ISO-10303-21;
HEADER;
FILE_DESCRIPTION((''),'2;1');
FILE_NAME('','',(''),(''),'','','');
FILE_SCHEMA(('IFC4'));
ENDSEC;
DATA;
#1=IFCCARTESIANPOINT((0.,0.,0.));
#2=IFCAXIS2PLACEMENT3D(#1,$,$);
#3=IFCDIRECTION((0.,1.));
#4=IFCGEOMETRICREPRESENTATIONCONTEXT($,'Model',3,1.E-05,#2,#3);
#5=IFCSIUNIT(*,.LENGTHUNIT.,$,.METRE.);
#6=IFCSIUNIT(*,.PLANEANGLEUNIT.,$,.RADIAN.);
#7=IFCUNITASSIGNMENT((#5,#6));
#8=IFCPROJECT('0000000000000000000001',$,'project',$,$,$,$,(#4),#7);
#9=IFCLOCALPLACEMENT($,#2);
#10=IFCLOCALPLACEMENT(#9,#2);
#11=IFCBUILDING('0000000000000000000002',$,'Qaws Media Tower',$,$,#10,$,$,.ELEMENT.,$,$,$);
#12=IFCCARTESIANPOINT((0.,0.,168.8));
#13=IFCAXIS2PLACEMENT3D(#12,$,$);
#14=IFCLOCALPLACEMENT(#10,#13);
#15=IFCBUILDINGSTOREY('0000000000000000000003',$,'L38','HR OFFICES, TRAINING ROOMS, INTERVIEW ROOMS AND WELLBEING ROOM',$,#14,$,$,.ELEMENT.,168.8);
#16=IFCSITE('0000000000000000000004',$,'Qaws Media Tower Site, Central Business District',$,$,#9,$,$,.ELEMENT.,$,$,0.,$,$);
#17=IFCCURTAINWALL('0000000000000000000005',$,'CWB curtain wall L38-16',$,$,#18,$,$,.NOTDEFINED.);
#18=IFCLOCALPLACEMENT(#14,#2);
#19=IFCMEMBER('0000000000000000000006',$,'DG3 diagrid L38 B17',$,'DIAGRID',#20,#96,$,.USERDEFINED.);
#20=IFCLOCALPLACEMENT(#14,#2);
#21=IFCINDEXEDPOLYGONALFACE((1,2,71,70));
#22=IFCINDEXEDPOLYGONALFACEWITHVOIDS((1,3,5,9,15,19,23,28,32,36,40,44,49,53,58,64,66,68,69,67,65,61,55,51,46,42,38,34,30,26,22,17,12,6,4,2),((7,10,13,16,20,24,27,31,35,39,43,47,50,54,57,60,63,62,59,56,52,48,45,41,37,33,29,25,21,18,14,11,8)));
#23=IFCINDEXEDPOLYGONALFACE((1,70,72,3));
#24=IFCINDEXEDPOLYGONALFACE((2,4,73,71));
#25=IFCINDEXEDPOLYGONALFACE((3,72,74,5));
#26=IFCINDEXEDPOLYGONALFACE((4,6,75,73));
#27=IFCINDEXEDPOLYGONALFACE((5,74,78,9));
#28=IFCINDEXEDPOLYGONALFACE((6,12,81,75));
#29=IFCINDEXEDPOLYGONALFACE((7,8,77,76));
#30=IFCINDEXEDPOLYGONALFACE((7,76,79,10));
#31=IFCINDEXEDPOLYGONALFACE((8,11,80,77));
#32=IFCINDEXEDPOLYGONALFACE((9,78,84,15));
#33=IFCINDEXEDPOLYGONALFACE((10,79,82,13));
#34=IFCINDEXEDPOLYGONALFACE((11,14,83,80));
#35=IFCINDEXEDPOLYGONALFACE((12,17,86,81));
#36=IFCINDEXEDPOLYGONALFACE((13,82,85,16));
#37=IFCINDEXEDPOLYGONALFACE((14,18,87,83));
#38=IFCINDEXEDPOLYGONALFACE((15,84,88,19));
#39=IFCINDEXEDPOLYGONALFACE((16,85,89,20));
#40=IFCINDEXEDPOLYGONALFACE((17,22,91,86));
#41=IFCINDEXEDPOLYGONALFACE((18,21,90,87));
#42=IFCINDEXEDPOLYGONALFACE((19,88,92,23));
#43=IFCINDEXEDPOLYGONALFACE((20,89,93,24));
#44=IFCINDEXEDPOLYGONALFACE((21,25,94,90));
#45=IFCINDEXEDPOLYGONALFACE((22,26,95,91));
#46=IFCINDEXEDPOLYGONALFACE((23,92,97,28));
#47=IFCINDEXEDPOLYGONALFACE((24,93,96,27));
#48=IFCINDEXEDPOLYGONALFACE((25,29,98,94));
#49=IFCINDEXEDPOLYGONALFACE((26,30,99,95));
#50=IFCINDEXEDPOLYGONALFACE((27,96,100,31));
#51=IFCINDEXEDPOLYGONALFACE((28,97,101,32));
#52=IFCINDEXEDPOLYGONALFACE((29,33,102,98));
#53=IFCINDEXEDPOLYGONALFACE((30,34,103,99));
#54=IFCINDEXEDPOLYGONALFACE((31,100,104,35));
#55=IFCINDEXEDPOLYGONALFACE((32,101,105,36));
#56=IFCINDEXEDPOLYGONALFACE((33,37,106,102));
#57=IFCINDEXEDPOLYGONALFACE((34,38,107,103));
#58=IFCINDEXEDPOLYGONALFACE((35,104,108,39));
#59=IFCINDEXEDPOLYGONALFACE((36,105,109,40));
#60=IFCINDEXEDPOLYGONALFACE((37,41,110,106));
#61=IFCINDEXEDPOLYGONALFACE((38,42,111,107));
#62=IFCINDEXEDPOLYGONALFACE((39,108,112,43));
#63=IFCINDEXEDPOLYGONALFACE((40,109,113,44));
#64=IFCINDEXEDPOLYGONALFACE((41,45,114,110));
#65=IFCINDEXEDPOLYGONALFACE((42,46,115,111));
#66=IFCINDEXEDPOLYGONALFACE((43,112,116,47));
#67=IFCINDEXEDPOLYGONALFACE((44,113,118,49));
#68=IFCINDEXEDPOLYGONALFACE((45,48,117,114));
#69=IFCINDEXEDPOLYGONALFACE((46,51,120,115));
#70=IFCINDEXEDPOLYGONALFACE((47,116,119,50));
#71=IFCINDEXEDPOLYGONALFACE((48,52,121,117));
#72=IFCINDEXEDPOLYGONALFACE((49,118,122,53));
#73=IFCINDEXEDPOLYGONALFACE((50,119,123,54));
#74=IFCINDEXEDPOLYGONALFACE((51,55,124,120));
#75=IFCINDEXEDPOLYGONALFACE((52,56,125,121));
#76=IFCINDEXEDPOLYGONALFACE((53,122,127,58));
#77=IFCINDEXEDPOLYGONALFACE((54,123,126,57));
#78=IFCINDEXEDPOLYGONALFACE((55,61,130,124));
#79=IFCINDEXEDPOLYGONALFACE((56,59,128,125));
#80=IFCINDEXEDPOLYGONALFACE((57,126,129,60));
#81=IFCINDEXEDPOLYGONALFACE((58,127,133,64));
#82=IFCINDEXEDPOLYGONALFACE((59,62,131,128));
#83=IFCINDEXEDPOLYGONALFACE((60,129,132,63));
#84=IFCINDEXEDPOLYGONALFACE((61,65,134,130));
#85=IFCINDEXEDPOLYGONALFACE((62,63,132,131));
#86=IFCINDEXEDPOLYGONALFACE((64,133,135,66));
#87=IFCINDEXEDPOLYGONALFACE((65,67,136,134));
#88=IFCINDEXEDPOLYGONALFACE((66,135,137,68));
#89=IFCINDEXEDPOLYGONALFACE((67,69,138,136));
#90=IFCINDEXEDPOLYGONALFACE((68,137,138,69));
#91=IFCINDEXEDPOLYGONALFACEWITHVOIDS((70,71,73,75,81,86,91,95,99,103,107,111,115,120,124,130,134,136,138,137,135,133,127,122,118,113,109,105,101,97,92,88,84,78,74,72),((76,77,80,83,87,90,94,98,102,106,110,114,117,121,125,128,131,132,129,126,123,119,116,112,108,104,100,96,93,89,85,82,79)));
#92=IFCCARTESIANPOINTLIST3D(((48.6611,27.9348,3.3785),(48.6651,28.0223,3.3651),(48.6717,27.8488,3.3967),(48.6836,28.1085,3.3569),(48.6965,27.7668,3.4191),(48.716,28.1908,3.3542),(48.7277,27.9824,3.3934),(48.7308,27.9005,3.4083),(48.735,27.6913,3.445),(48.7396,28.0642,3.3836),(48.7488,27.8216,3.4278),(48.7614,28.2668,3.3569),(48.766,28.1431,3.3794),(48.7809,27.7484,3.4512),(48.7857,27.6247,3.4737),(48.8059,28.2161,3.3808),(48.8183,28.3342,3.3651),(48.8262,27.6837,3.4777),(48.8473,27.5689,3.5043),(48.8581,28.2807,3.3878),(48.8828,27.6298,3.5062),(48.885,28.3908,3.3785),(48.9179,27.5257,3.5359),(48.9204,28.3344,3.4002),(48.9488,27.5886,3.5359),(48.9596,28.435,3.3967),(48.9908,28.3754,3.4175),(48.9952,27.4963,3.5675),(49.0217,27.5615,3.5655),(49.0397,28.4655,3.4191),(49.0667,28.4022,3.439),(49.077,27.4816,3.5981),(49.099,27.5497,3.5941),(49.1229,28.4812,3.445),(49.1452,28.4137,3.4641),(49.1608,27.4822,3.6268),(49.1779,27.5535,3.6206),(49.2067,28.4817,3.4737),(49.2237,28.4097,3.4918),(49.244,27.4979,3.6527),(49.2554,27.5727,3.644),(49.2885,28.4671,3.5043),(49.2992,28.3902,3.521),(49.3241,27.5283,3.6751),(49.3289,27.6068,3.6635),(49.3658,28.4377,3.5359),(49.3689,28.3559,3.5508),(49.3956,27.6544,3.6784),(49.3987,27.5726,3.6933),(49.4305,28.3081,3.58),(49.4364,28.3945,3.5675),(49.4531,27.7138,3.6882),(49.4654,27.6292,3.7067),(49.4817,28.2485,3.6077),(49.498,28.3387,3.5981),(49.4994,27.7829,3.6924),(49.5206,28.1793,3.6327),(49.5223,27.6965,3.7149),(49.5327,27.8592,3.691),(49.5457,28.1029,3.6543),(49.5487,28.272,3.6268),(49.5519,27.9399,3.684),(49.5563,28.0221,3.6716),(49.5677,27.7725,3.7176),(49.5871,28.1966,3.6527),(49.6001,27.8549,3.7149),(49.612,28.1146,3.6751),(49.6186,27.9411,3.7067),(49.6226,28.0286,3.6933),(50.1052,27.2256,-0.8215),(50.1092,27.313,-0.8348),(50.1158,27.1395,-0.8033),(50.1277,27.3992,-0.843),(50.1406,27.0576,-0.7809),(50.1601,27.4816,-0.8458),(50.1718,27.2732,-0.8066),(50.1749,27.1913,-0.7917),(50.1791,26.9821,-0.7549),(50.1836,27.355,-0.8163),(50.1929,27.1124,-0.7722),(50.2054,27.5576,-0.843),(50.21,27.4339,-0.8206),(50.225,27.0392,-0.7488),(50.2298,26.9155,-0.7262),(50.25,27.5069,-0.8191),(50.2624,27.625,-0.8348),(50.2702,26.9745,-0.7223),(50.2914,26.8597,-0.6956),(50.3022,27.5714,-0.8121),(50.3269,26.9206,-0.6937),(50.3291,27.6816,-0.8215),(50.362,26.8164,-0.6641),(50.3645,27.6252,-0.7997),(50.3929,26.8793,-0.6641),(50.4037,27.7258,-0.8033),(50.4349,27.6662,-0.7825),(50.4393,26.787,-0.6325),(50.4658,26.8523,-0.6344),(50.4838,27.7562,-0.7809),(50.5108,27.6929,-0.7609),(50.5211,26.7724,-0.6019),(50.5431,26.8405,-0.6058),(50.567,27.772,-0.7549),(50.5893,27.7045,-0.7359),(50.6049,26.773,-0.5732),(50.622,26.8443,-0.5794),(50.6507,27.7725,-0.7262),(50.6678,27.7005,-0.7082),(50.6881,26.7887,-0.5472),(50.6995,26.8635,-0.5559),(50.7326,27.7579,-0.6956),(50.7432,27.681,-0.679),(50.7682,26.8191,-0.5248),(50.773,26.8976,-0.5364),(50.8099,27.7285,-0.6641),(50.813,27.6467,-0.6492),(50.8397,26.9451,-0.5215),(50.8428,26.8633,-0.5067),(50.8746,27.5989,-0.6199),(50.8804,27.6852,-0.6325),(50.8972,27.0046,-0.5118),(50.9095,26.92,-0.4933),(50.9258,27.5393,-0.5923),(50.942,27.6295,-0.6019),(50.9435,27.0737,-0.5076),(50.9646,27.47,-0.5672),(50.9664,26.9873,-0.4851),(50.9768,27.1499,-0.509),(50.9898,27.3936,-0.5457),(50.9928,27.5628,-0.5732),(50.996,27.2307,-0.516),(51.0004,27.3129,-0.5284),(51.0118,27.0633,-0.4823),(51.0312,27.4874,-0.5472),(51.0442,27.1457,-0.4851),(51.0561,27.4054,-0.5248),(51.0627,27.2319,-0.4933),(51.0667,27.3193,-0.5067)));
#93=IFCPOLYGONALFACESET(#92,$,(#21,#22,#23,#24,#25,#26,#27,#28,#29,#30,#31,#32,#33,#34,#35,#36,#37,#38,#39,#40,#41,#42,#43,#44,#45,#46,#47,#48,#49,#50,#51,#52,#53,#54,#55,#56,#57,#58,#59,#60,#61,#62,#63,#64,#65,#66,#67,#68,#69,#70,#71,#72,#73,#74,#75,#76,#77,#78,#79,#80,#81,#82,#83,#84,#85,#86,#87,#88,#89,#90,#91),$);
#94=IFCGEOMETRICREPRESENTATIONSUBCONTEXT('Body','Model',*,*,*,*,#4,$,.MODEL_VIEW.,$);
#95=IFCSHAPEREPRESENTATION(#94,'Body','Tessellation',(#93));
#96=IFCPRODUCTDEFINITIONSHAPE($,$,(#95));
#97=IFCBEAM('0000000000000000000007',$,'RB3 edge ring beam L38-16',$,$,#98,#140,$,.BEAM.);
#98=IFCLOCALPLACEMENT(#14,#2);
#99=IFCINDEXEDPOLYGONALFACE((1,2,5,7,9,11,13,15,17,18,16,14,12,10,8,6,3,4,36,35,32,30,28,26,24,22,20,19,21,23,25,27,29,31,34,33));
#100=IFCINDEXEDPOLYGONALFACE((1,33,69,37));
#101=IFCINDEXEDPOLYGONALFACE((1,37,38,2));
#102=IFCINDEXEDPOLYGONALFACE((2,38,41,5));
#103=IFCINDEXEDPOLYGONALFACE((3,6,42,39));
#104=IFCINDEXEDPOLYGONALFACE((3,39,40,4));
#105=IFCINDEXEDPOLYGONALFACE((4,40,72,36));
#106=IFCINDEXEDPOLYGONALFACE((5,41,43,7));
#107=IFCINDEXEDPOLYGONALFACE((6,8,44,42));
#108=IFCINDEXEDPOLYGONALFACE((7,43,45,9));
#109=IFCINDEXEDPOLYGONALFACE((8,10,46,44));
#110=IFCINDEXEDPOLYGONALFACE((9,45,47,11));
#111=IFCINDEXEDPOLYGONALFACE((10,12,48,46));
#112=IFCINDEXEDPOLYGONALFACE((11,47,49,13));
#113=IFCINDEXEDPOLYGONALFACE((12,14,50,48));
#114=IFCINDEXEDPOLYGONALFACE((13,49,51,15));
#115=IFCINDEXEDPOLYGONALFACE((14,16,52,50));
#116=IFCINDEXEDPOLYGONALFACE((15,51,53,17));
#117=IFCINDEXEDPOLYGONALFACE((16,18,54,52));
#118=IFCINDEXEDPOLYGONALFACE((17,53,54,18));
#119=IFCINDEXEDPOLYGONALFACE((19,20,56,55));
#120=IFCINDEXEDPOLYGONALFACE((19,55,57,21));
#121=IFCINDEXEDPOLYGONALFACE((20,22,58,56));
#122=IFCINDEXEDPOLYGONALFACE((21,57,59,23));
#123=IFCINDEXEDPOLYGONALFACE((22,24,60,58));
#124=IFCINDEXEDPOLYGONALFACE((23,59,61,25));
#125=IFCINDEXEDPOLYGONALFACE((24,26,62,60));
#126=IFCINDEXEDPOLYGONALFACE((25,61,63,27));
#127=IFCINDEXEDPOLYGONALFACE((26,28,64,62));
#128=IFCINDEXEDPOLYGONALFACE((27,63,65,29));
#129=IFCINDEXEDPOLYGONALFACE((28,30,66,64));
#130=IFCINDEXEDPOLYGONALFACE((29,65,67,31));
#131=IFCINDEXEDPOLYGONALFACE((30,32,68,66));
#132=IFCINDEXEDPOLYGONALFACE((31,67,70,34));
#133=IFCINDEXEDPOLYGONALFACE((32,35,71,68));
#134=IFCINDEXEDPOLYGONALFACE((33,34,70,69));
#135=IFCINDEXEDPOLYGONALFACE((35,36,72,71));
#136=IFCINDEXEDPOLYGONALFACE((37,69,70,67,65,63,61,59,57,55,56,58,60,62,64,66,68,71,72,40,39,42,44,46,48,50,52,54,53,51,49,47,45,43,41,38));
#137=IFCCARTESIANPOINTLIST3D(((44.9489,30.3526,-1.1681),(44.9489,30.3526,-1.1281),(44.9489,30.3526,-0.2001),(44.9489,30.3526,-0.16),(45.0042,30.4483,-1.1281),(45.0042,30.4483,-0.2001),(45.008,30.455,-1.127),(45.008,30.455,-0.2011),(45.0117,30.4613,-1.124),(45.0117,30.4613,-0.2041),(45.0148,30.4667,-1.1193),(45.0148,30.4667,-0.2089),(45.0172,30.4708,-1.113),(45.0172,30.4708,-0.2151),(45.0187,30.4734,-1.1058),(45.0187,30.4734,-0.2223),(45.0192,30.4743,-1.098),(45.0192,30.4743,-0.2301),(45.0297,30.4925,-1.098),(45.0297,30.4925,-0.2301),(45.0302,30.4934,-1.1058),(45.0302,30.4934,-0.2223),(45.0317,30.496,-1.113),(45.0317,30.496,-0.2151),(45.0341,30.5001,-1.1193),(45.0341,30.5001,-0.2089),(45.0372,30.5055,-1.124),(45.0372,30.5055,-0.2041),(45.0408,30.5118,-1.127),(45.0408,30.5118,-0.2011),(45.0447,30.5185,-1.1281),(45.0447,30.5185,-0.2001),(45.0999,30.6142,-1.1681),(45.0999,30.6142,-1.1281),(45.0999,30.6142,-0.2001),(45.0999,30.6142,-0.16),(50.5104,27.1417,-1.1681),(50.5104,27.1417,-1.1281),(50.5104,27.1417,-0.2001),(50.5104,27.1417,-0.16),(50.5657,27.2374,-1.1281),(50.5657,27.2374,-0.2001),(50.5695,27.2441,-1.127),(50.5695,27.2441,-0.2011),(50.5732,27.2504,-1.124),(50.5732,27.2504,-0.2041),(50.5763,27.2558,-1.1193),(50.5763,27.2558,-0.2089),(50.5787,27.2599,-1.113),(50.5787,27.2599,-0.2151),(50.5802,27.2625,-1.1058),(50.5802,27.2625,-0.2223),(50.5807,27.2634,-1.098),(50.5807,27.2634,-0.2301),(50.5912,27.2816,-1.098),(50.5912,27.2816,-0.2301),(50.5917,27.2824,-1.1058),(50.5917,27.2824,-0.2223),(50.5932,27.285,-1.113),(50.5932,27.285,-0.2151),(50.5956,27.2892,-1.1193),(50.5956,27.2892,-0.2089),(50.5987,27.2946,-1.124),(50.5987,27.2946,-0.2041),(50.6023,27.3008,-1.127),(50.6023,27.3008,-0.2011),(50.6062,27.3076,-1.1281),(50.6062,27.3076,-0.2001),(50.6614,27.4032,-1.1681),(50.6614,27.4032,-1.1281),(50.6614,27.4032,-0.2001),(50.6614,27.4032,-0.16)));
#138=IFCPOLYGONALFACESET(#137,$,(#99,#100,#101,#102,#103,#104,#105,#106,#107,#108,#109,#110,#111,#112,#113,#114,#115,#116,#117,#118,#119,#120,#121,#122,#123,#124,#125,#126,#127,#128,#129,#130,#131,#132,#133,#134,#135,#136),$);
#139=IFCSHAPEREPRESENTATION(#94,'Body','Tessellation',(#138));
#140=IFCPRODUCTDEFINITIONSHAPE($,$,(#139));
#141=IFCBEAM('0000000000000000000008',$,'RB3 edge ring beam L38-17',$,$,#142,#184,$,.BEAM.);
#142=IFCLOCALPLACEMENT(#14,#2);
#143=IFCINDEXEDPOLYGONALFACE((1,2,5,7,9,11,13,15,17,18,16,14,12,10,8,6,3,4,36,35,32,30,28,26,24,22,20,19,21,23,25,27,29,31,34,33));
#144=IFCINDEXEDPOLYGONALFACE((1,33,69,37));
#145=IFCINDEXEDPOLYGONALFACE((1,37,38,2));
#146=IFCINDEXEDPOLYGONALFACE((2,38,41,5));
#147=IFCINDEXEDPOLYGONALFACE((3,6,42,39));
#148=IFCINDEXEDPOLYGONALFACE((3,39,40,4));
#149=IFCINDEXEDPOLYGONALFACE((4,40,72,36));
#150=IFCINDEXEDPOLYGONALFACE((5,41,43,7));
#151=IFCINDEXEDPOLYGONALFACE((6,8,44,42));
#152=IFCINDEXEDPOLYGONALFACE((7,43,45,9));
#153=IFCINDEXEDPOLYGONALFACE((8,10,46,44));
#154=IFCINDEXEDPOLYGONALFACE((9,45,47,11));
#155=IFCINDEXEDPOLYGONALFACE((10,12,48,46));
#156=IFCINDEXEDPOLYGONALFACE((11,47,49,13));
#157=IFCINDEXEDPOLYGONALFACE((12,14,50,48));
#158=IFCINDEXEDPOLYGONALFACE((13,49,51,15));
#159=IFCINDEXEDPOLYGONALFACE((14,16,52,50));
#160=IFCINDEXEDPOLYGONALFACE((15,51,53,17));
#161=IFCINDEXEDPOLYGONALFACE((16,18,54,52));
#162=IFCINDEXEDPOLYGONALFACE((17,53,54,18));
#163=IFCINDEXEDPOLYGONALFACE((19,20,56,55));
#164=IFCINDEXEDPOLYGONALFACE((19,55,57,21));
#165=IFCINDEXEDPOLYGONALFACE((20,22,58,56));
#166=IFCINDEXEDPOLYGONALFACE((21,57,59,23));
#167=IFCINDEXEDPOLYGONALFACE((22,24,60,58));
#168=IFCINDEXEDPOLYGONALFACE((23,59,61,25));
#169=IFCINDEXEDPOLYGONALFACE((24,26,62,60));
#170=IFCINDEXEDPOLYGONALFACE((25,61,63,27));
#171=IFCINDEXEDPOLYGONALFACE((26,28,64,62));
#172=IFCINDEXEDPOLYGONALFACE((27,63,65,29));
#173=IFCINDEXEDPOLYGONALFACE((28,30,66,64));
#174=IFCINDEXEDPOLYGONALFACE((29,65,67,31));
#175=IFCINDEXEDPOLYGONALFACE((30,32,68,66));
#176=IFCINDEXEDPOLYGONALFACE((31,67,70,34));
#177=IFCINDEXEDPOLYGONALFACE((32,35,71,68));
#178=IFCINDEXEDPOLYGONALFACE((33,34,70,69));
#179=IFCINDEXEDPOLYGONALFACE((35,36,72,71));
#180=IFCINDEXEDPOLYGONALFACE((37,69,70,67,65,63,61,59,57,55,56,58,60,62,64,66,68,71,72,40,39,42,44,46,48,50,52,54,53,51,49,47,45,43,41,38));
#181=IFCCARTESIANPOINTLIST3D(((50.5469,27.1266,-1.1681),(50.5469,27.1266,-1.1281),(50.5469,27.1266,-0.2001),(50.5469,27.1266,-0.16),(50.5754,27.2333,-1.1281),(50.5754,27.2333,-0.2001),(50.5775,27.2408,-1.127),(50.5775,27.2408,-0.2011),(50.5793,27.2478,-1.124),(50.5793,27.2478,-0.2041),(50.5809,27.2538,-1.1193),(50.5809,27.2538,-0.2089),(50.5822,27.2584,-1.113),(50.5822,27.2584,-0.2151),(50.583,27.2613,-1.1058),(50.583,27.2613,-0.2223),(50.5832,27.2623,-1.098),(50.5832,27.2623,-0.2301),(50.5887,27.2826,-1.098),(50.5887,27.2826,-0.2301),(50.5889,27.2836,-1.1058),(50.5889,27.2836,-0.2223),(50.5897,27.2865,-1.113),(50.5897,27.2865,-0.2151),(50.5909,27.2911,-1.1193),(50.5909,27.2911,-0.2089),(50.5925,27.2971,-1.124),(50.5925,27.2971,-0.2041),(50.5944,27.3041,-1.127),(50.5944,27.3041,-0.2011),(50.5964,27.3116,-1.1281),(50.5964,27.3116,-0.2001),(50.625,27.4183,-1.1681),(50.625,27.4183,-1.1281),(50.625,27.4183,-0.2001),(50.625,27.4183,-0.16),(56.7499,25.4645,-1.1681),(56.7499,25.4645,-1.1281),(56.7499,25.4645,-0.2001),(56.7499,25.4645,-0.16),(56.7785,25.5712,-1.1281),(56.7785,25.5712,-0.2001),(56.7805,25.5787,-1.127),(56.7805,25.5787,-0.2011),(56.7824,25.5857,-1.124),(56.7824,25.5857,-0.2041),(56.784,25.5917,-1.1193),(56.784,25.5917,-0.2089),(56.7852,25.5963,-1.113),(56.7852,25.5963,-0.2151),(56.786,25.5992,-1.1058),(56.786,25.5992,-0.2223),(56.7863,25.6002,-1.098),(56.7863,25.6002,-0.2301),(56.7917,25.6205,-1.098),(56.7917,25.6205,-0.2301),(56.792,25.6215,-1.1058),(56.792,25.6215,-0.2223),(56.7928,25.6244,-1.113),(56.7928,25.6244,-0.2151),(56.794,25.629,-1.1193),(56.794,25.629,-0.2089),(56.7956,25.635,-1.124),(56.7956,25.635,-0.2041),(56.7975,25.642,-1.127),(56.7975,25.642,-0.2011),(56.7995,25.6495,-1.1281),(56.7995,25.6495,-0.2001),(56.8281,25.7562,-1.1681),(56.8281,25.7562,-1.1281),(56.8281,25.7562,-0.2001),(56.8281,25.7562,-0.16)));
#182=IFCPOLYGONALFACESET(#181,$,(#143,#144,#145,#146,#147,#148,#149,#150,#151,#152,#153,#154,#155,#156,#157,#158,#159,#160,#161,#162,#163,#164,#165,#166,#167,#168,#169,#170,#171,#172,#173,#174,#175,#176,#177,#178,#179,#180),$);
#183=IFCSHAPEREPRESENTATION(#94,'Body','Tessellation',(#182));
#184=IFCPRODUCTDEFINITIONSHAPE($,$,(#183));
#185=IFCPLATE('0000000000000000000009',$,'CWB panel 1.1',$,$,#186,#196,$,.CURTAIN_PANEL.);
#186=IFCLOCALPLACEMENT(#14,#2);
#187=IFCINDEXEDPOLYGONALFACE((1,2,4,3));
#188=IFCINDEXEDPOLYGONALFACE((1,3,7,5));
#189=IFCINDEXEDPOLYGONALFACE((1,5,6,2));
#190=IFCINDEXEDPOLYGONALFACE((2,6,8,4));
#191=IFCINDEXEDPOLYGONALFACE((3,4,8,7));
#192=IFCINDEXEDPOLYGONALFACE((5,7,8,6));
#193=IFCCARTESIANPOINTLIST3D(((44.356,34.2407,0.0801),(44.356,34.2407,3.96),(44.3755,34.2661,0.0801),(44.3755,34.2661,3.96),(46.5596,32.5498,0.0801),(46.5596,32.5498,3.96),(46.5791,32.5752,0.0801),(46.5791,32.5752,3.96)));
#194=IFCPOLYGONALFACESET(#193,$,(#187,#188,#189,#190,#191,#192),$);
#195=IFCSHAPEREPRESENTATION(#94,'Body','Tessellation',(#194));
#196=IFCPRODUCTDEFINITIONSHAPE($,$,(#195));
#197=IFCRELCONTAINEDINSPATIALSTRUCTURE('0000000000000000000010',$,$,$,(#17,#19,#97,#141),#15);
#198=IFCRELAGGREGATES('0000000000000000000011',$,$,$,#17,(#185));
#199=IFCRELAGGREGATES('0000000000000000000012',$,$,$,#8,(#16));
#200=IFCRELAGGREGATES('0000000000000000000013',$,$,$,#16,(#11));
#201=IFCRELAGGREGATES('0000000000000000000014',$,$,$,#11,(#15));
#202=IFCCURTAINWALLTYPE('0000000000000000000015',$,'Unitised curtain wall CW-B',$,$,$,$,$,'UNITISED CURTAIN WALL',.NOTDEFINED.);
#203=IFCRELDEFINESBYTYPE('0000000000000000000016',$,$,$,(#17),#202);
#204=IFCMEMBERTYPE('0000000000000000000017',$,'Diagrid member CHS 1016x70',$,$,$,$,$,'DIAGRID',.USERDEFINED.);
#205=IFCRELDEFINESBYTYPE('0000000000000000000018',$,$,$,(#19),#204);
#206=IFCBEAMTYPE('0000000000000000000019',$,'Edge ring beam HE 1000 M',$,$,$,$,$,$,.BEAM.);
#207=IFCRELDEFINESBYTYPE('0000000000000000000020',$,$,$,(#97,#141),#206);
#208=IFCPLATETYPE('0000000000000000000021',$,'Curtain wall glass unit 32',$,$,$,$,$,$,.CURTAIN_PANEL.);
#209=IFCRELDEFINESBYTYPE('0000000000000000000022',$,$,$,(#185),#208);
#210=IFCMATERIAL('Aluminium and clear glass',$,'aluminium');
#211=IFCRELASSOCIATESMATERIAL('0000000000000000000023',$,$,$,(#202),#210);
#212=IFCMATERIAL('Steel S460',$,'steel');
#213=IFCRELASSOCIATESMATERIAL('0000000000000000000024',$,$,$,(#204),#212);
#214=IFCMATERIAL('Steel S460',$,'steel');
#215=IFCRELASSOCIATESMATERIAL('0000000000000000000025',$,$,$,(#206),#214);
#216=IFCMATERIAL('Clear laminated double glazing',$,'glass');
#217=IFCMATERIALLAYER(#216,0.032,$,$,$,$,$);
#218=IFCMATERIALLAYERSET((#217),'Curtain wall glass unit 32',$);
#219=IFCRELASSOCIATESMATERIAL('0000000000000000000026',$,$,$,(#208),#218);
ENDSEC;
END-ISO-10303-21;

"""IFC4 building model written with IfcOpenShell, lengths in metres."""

from ifc_helpers import new_model, si_unit, direction, frame, origin, origin_2d, place, context, subcontext, project, spatial, rectangle, hollow_circle, i_section, extrude, material, layer, layer_set, material_profile, profile_set, type_object, element, aggregate, save


model = new_model("IFC4")

# Units and contexts
model_context = context("Model", 3, precision=1e-05, world=origin(), true_north=direction((0.0, 1.0)))
body_context = subcontext(model_context, "Body", "Model", "MODEL_VIEW")
ifc_project = project(units=[si_unit("LENGTHUNIT", "METRE"), si_unit("PLANEANGLEUNIT", "RADIAN")], contexts=[model_context])

# Site, building, storey
site_placement = place(None, origin())
site = spatial("IfcSite", under=ifc_project, at=site_placement, Name="Qaws Media Tower Site, Central Business District", CompositionType="ELEMENT", RefElevation=0.0)
building_placement = place(site_placement, origin())
building = spatial("IfcBuilding", under=site, at=building_placement, Name="Qaws Media Tower", CompositionType="ELEMENT")
storey_placement = place(building_placement, frame((0.0, 0.0, 168.8)))
storey = spatial("IfcBuildingStorey", under=building, at=storey_placement, Name="L38", Description="HR OFFICES, TRAINING ROOMS, INTERVIEW ROOMS AND WELLBEING ROOM", CompositionType="ELEMENT", Elevation=168.8)

# Curtain wall
ifc_material_1 = material(Name="Aluminium and clear glass", Category="aluminium")
curtain_wall_type = type_object("IfcCurtainWallType", Name="Unitised curtain wall CW-B", ElementType="UNITISED CURTAIN WALL", PredefinedType="NOTDEFINED", material=ifc_material_1)
curtain_wall_1_placement = place(storey_placement, origin())
curtain_wall_1 = element("IfcCurtainWall", 1, at=curtain_wall_1_placement, inside=storey, type_object=curtain_wall_type, Name="CWB curtain wall L38-16", PredefinedType="NOTDEFINED")

# Member
ifc_material_2 = material(Name="Steel S460", Category="steel")
ifc_material_profile_1 = material_profile(ifc_material_2, hollow_circle(Radius=0.5081, WallThickness=0.0701, at=origin_2d()), Name="CHS 1016x70")
ifc_profile_set_1 = profile_set([ifc_material_profile_1], Name="Steel S460")
member_type_1 = type_object("IfcMemberType", Name="Diagrid member CHS 1016x70", ElementType="DIAGRID", PredefinedType="USERDEFINED", material=ifc_profile_set_1)
for number, where, z_axis, x_axis, name in (
    (2, (50.5859, 27.2725, -0.6641), (-0.321084, 0.157692, 0.93383), (-0.440829, -0.897591, 0.0), "DG3 diagrid L38 B17"),
):
    element("IfcMember", number, at=place(storey_placement, frame(where, z_axis=z_axis, x_axis=x_axis)), inside=storey, type_object=member_type_1, Name=name, ObjectType="DIAGRID", PredefinedType="USERDEFINED", context=body_context, shape_type="SweptSolid", body=[
        extrude(hollow_circle(Radius=0.5081, WallThickness=0.0701, at=origin_2d()), origin(), (0.0, 0.0, 1.0), 4.4976),
    ])

# Beams
ifc_material_3 = material(Name="Steel S460", Category="steel")
ifc_material_profile_2 = material_profile(ifc_material_3, i_section(OverallWidth=0.302, OverallDepth=1.0081, WebThickness=0.021, FlangeThickness=0.04, FilletRadius=0.03, at=origin_2d()), Name="HE 1000 M")
ifc_profile_set_2 = profile_set([ifc_material_profile_2], Name="Steel S460")
beam_type = type_object("IfcBeamType", Name="Edge ring beam HE 1000 M", PredefinedType="BEAM", material=ifc_profile_set_2)
for number, where, z_axis, x_axis, name in (
    (3, (45.0244, 30.4834, -0.6641), (0.866026, -0.499999, 0.0), (0.499999, 0.866026, 0.0), "RB3 edge ring beam L38-16"),
    (4, (50.5859, 27.2725, -0.6641), (0.965926, -0.258817, 0.0), (0.258817, 0.965926, 0.0), "RB3 edge ring beam L38-17"),
):
    element("IfcBeam", number, at=place(storey_placement, frame(where, z_axis=z_axis, x_axis=x_axis)), inside=storey, type_object=beam_type, Name=name, PredefinedType="BEAM", context=body_context, shape_type="SweptSolid", body=[
        extrude(i_section(OverallWidth=0.302, OverallDepth=1.0081, WebThickness=0.021, FlangeThickness=0.04, FilletRadius=0.03, at=origin_2d()), origin(), (0.0, 0.0, 1.0), 6.4219),
    ])

# Plate
ifc_material_4 = material(Name="Clear laminated double glazing", Category="glass")
ifc_layer_1 = layer(ifc_material_4, 0.032)
ifc_layer_set_1 = layer_set([ifc_layer_1], Name="Curtain wall glass unit 32")
plate_type_1 = type_object("IfcPlateType", Name="Curtain wall glass unit 32", PredefinedType="CURTAIN_PANEL", material=ifc_layer_set_1)
plate_1_placement = place(storey_placement, frame((45.4675, 33.408, 0.0801), z_axis=(0.0, 0.0, 1.0), x_axis=(0.793353, -0.608761, 0.0)))
plate_1 = element("IfcPlate", 5, at=plate_1_placement, type_object=plate_type_1, Name="CWB panel 1.1", PredefinedType="CURTAIN_PANEL", context=body_context, shape_type="SweptSolid", body=[
    extrude(rectangle(XDim=2.7776, YDim=0.032, at=origin_2d()), origin(), (0.0, 0.0, 1.0), 3.8799),
])
aggregate(curtain_wall_1, [plate_1])

save(model, "model.ifc")
